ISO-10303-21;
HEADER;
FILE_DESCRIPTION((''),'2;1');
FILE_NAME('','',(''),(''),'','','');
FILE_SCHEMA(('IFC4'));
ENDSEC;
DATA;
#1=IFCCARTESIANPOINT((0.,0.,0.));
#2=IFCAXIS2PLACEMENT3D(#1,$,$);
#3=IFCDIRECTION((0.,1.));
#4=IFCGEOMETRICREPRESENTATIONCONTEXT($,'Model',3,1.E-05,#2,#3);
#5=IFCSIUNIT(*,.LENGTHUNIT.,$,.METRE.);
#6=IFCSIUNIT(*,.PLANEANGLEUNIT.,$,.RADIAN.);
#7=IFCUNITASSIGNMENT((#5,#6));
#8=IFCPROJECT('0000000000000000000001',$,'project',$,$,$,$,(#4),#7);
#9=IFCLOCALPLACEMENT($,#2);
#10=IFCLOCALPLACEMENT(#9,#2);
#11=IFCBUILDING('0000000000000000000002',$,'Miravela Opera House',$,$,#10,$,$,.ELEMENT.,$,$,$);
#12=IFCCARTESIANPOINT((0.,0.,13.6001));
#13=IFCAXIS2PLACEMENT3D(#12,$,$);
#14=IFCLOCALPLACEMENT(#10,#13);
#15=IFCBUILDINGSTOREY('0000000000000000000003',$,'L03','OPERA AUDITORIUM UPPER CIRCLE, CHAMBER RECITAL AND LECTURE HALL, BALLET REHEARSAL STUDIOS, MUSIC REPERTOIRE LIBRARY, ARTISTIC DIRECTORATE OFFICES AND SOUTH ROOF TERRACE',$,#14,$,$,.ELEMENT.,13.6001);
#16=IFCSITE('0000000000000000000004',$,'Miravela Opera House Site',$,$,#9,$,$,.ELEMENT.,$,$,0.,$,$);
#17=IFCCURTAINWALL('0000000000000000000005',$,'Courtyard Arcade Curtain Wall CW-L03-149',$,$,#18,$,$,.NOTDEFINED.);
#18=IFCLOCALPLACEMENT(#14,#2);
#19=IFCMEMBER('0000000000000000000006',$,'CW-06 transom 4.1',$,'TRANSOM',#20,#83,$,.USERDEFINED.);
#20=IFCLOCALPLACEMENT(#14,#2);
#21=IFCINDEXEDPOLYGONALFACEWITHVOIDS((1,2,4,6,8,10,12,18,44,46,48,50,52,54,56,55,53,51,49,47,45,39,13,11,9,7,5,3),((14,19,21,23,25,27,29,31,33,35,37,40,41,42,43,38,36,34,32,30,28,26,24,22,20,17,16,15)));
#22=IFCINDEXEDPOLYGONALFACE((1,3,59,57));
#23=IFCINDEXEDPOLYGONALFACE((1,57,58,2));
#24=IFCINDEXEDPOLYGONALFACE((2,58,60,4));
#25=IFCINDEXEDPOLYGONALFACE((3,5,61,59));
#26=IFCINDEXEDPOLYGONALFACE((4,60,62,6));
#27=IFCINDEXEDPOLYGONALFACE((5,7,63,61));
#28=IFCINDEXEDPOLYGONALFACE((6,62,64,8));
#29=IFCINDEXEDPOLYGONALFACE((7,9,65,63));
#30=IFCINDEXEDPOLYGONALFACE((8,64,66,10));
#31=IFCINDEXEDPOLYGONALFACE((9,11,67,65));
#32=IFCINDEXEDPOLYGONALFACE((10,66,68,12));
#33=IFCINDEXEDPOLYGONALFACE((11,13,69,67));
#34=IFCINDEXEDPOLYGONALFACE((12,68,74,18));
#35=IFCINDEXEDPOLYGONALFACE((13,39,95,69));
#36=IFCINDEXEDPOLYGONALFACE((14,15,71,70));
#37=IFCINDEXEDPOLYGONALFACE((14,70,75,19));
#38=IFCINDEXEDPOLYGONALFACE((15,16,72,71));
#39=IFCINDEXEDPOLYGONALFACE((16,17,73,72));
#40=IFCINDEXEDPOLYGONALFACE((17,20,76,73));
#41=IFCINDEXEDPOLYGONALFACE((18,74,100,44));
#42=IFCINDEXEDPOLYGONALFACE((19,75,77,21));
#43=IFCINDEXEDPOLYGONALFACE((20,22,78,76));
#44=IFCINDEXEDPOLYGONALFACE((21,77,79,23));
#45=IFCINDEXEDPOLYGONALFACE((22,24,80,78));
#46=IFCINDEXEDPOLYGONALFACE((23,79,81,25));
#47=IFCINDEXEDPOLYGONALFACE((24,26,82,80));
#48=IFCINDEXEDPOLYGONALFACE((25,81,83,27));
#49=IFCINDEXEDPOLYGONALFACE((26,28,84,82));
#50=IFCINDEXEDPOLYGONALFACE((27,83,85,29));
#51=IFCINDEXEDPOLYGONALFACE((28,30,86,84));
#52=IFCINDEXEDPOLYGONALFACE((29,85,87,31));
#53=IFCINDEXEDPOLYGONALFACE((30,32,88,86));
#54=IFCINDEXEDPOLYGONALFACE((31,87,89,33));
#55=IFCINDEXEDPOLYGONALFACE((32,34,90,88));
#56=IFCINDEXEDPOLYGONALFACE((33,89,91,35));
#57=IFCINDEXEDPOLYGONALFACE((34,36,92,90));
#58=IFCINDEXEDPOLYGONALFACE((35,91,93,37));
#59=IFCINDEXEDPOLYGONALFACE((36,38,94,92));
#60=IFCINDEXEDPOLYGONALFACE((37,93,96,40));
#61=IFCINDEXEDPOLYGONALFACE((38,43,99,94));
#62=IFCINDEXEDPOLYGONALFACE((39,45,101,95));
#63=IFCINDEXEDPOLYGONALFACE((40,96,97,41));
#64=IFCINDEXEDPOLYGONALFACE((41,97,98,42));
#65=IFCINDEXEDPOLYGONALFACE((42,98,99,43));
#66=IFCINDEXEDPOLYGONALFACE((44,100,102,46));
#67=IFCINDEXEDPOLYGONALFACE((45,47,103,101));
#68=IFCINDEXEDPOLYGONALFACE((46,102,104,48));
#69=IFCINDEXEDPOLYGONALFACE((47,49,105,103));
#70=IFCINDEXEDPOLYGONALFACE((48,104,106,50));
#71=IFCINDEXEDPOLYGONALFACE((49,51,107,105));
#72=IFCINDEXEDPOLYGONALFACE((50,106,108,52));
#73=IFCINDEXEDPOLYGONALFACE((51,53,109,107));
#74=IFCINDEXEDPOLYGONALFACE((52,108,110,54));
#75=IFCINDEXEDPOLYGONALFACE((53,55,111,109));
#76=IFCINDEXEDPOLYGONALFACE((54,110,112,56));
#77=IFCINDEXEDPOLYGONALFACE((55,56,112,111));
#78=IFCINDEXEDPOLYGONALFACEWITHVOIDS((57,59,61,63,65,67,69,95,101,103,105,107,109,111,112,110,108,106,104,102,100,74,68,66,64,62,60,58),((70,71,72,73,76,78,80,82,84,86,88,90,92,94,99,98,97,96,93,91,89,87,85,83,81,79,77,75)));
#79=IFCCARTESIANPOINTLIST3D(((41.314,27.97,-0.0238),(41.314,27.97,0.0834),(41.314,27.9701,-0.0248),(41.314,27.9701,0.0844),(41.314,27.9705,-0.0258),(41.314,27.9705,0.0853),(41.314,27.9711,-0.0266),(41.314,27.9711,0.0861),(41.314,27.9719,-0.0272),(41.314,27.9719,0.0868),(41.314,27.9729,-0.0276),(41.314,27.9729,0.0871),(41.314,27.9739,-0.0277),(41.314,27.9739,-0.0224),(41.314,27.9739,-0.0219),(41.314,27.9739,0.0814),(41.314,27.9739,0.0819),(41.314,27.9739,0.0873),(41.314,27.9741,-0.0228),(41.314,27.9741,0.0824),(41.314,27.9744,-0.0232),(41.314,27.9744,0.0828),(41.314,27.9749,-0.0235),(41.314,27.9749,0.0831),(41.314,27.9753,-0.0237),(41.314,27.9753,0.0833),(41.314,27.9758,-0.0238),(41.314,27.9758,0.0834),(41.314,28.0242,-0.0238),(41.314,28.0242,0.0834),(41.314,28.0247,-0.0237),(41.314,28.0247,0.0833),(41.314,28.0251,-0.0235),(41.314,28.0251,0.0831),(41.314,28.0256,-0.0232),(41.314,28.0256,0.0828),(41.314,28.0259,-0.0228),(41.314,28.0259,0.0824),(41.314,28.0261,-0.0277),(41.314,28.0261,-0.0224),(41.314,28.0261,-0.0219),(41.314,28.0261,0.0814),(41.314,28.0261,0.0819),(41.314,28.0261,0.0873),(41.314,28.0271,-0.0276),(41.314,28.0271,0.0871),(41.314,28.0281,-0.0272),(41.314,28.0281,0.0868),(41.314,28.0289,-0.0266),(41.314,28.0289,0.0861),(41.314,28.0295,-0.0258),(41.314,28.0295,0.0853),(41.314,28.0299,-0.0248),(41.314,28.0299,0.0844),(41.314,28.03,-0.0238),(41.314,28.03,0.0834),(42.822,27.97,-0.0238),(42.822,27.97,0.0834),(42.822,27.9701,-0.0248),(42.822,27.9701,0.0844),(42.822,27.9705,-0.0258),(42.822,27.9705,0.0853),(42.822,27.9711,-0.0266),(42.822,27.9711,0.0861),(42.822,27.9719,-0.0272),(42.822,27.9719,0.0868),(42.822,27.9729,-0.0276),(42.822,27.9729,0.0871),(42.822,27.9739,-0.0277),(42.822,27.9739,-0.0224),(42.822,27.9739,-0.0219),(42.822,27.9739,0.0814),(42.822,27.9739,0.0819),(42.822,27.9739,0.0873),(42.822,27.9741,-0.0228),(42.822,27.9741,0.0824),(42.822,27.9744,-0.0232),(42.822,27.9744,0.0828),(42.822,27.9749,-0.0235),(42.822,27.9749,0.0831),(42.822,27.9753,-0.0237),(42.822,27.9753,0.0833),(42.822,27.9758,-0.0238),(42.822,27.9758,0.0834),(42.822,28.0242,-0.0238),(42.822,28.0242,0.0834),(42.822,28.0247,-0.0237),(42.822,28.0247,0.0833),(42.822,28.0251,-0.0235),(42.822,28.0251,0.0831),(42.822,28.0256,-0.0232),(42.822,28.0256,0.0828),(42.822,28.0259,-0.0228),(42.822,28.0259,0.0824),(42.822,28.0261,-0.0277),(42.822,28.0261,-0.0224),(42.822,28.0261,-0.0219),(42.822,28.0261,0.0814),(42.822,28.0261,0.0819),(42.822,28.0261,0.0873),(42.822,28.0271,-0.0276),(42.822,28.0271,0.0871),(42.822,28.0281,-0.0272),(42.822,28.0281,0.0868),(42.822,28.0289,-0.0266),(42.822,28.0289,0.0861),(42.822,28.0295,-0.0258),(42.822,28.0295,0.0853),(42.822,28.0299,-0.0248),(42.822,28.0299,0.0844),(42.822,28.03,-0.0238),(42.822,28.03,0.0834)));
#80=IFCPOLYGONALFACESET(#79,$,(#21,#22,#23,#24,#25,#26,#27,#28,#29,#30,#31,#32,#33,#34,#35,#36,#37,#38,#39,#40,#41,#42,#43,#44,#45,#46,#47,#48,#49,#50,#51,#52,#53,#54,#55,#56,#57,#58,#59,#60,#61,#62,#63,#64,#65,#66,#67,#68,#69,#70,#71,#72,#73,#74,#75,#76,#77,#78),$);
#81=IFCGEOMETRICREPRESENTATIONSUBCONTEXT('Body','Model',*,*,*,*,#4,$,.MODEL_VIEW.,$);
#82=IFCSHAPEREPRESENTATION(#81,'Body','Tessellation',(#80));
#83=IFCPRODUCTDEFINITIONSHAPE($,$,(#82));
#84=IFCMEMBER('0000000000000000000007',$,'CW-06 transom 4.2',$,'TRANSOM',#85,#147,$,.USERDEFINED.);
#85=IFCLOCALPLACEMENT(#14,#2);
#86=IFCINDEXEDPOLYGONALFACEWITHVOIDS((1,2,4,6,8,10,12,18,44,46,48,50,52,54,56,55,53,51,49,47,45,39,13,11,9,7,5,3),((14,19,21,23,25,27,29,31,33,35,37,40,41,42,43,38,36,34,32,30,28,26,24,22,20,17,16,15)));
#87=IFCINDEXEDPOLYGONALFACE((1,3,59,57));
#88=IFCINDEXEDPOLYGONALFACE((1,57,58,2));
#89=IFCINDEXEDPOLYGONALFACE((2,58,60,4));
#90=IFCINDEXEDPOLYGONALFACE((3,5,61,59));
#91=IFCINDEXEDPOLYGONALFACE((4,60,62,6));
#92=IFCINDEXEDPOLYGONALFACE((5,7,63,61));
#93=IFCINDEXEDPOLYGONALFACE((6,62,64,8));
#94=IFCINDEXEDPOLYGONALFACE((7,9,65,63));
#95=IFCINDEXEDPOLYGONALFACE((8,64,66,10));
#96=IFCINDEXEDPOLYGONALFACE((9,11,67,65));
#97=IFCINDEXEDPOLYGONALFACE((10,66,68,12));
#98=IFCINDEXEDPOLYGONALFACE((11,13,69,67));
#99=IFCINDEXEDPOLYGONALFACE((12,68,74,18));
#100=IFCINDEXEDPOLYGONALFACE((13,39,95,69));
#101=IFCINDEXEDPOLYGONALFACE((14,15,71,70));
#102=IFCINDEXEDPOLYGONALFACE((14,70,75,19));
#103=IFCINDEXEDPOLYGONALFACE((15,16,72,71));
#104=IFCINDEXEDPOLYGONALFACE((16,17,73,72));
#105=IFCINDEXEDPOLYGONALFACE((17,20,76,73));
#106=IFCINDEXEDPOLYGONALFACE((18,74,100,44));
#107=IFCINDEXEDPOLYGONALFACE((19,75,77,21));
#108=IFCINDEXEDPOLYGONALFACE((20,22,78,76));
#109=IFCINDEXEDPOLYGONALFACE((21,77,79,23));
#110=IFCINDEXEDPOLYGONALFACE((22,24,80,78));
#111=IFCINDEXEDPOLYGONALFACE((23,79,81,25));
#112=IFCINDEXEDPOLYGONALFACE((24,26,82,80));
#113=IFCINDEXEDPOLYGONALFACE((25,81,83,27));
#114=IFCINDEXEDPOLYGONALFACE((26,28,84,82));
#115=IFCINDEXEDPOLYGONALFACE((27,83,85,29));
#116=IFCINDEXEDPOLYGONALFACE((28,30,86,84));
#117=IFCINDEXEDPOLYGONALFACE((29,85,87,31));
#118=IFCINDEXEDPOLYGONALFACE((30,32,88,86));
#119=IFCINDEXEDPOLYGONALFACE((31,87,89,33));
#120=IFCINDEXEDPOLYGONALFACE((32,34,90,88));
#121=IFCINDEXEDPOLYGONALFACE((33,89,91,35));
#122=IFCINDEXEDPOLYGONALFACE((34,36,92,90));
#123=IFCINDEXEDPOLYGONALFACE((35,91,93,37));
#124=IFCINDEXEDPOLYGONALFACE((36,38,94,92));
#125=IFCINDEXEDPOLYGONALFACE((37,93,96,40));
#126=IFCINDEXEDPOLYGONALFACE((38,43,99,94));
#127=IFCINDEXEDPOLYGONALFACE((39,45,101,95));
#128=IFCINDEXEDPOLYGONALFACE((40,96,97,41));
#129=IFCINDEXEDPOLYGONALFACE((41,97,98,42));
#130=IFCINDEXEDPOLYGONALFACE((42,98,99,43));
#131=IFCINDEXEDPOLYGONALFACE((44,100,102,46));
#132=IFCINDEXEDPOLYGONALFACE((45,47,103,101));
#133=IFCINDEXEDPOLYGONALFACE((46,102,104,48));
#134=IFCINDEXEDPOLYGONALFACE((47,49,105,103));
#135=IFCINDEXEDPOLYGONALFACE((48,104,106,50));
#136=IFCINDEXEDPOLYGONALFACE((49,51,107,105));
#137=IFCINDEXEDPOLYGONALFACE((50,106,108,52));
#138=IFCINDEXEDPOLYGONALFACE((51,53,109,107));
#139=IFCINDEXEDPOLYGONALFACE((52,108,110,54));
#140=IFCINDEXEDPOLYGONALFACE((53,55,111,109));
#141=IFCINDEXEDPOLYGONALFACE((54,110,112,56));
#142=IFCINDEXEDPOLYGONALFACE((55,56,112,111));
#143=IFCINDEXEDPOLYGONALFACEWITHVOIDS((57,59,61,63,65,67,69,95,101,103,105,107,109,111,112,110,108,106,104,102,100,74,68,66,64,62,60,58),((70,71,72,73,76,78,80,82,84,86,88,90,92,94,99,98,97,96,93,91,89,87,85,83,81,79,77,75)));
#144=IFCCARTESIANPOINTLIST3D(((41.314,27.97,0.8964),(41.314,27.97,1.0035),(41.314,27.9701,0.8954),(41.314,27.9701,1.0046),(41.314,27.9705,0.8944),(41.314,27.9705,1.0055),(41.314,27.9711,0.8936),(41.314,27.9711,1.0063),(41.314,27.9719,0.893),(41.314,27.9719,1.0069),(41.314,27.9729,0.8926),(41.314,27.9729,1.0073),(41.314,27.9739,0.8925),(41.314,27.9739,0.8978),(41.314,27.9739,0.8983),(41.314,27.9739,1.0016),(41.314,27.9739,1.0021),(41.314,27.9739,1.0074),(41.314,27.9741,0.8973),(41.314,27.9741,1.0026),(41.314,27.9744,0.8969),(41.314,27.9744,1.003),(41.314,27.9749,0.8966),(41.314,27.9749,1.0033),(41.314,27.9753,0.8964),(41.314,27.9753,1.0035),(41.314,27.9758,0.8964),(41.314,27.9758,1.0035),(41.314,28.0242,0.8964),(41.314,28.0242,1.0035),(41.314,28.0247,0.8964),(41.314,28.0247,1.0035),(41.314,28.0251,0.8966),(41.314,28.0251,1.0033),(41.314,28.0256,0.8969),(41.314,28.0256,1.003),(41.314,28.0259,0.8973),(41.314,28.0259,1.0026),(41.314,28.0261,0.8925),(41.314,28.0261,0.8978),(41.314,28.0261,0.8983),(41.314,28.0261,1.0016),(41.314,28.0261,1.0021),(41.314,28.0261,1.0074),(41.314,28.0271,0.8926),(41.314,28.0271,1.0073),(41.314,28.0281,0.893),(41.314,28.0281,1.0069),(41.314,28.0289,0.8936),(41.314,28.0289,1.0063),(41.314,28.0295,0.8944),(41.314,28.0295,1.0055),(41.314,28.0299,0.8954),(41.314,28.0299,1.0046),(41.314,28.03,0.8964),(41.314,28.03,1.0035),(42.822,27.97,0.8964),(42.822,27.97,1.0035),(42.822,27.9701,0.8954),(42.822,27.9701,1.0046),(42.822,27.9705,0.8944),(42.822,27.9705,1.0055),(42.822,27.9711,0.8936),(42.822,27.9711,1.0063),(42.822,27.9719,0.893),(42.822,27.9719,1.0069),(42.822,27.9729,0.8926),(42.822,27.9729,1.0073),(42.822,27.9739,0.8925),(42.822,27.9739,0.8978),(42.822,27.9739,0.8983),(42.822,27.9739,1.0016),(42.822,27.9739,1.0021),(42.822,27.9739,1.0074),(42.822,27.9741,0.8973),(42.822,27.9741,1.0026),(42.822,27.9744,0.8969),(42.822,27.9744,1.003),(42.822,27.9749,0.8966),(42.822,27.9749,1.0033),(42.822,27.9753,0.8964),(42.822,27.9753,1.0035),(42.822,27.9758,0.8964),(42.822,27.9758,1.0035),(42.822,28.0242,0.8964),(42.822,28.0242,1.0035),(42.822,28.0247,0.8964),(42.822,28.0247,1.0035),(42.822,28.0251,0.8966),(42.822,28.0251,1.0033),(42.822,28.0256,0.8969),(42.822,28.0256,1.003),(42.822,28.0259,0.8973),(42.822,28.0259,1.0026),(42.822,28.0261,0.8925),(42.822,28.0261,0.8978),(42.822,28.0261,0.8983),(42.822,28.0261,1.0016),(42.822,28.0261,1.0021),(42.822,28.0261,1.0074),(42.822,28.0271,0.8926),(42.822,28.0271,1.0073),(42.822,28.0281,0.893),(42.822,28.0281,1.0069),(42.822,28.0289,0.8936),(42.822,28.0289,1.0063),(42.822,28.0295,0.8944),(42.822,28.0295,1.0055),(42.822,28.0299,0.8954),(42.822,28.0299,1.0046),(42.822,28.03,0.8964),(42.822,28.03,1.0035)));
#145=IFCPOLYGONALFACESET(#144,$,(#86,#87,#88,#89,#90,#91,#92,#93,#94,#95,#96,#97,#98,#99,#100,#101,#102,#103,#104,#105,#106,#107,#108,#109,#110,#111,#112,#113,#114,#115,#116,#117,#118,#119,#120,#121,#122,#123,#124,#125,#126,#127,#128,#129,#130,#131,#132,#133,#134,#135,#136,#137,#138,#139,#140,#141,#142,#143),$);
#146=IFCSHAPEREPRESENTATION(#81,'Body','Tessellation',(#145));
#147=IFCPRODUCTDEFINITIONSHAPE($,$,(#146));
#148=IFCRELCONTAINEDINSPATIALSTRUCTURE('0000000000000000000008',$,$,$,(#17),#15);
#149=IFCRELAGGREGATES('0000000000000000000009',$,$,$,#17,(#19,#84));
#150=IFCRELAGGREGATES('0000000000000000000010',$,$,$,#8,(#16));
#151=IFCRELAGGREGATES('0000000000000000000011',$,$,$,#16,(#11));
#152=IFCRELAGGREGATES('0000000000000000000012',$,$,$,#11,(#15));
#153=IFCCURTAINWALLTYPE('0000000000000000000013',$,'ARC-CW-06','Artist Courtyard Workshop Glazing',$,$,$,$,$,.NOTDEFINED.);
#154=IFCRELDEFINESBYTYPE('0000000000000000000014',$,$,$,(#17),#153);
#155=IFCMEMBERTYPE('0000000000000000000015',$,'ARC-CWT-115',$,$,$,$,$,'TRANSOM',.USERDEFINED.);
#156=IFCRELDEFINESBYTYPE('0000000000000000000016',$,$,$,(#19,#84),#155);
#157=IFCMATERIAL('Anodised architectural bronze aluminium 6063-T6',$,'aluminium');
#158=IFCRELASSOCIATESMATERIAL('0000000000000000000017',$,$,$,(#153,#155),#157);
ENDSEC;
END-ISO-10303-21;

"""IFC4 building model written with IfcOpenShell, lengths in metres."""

from ifc_helpers import new_model, si_unit, direction, frame, origin, origin_2d, place, context, subcontext, project, spatial, hollow_rectangle, extrude, material, material_profile, profile_set, type_object, element, aggregate, save


model = new_model("IFC4")

# Units and contexts
model_context = context("Model", 3, precision=1e-05, world=origin(), true_north=direction((0.0, 1.0)))
body_context = subcontext(model_context, "Body", "Model", "MODEL_VIEW")
ifc_project = project(units=[si_unit("LENGTHUNIT", "METRE"), si_unit("PLANEANGLEUNIT", "RADIAN")], contexts=[model_context])

# Site, building, storey
site_placement = place(None, origin())
site = spatial("IfcSite", under=ifc_project, at=site_placement, Name="Miravela Opera House Site", CompositionType="ELEMENT", RefElevation=0.0)
building_placement = place(site_placement, origin())
building = spatial("IfcBuilding", under=site, at=building_placement, Name="Miravela Opera House", CompositionType="ELEMENT")
storey_placement = place(building_placement, frame((0.0, 0.0, 13.6001)))
storey = spatial("IfcBuildingStorey", under=building, at=storey_placement, Name="L03", Description="OPERA AUDITORIUM UPPER CIRCLE, CHAMBER RECITAL AND LECTURE HALL, BALLET REHEARSAL STUDIOS, MUSIC REPERTOIRE LIBRARY, ARTISTIC DIRECTORATE OFFICES AND SOUTH ROOF TERRACE", CompositionType="ELEMENT", Elevation=13.6001)

# Curtain wall, members
ifc_material_1 = material(Name="Anodised architectural bronze aluminium 6063-T6", Category="aluminium")
curtain_wall_type = type_object("IfcCurtainWallType", Name="ARC-CW-06", Description="Artist Courtyard Workshop Glazing", PredefinedType="NOTDEFINED", material=ifc_material_1)
curtain_wall_placement = place(storey_placement, origin())
curtain_wall = element("IfcCurtainWall", 1, at=curtain_wall_placement, inside=storey, type_object=curtain_wall_type, Name="Courtyard Arcade Curtain Wall CW-L03-149", PredefinedType="NOTDEFINED")
ifc_material_profile_1 = material_profile(ifc_material_1, hollow_rectangle(XDim=0.0601, YDim=0.115, WallThickness=0.0039, InnerFilletRadius=0.002, OuterFilletRadius=0.0039, at=origin_2d()), Name="CWT-60X115")
ifc_profile_set_1 = profile_set([ifc_material_profile_1])
member_type_1 = type_object("IfcMemberType", Name="ARC-CWT-115", ElementType="TRANSOM", PredefinedType="USERDEFINED", material=ifc_profile_set_1)
member_1_placement = place(storey_placement, frame((41.314, 28.0, 0.0298), z_axis=(1.0, 0.0, 0.0), x_axis=(0.0, 1.0, 0.0)))
member_1 = element("IfcMember", 2, at=member_1_placement, type_object=member_type_1, Name="CW-06 transom 4.1", ObjectType="TRANSOM", PredefinedType="USERDEFINED", context=body_context, shape_type="SweptSolid", body=[
    extrude(hollow_rectangle(XDim=0.0601, YDim=0.115, WallThickness=0.0039, InnerFilletRadius=0.002, OuterFilletRadius=0.0039, at=origin_2d()), origin(), (0.0, 0.0, 1.0), 1.5081),
])
member_2_placement = place(storey_placement, frame((41.314, 28.0, 0.95), z_axis=(1.0, 0.0, 0.0), x_axis=(0.0, 1.0, 0.0)))
member_2 = element("IfcMember", 3, at=member_2_placement, type_object=member_type_1, Name="CW-06 transom 4.2", ObjectType="TRANSOM", PredefinedType="USERDEFINED", context=body_context, shape_type="SweptSolid", body=[
    extrude(hollow_rectangle(XDim=0.0601, YDim=0.115, WallThickness=0.0039, InnerFilletRadius=0.002, OuterFilletRadius=0.0039, at=origin_2d()), origin(), (0.0, 0.0, 1.0), 1.5081),
])

aggregate(curtain_wall, [member_1, member_2])

save(model, "model.ifc")
